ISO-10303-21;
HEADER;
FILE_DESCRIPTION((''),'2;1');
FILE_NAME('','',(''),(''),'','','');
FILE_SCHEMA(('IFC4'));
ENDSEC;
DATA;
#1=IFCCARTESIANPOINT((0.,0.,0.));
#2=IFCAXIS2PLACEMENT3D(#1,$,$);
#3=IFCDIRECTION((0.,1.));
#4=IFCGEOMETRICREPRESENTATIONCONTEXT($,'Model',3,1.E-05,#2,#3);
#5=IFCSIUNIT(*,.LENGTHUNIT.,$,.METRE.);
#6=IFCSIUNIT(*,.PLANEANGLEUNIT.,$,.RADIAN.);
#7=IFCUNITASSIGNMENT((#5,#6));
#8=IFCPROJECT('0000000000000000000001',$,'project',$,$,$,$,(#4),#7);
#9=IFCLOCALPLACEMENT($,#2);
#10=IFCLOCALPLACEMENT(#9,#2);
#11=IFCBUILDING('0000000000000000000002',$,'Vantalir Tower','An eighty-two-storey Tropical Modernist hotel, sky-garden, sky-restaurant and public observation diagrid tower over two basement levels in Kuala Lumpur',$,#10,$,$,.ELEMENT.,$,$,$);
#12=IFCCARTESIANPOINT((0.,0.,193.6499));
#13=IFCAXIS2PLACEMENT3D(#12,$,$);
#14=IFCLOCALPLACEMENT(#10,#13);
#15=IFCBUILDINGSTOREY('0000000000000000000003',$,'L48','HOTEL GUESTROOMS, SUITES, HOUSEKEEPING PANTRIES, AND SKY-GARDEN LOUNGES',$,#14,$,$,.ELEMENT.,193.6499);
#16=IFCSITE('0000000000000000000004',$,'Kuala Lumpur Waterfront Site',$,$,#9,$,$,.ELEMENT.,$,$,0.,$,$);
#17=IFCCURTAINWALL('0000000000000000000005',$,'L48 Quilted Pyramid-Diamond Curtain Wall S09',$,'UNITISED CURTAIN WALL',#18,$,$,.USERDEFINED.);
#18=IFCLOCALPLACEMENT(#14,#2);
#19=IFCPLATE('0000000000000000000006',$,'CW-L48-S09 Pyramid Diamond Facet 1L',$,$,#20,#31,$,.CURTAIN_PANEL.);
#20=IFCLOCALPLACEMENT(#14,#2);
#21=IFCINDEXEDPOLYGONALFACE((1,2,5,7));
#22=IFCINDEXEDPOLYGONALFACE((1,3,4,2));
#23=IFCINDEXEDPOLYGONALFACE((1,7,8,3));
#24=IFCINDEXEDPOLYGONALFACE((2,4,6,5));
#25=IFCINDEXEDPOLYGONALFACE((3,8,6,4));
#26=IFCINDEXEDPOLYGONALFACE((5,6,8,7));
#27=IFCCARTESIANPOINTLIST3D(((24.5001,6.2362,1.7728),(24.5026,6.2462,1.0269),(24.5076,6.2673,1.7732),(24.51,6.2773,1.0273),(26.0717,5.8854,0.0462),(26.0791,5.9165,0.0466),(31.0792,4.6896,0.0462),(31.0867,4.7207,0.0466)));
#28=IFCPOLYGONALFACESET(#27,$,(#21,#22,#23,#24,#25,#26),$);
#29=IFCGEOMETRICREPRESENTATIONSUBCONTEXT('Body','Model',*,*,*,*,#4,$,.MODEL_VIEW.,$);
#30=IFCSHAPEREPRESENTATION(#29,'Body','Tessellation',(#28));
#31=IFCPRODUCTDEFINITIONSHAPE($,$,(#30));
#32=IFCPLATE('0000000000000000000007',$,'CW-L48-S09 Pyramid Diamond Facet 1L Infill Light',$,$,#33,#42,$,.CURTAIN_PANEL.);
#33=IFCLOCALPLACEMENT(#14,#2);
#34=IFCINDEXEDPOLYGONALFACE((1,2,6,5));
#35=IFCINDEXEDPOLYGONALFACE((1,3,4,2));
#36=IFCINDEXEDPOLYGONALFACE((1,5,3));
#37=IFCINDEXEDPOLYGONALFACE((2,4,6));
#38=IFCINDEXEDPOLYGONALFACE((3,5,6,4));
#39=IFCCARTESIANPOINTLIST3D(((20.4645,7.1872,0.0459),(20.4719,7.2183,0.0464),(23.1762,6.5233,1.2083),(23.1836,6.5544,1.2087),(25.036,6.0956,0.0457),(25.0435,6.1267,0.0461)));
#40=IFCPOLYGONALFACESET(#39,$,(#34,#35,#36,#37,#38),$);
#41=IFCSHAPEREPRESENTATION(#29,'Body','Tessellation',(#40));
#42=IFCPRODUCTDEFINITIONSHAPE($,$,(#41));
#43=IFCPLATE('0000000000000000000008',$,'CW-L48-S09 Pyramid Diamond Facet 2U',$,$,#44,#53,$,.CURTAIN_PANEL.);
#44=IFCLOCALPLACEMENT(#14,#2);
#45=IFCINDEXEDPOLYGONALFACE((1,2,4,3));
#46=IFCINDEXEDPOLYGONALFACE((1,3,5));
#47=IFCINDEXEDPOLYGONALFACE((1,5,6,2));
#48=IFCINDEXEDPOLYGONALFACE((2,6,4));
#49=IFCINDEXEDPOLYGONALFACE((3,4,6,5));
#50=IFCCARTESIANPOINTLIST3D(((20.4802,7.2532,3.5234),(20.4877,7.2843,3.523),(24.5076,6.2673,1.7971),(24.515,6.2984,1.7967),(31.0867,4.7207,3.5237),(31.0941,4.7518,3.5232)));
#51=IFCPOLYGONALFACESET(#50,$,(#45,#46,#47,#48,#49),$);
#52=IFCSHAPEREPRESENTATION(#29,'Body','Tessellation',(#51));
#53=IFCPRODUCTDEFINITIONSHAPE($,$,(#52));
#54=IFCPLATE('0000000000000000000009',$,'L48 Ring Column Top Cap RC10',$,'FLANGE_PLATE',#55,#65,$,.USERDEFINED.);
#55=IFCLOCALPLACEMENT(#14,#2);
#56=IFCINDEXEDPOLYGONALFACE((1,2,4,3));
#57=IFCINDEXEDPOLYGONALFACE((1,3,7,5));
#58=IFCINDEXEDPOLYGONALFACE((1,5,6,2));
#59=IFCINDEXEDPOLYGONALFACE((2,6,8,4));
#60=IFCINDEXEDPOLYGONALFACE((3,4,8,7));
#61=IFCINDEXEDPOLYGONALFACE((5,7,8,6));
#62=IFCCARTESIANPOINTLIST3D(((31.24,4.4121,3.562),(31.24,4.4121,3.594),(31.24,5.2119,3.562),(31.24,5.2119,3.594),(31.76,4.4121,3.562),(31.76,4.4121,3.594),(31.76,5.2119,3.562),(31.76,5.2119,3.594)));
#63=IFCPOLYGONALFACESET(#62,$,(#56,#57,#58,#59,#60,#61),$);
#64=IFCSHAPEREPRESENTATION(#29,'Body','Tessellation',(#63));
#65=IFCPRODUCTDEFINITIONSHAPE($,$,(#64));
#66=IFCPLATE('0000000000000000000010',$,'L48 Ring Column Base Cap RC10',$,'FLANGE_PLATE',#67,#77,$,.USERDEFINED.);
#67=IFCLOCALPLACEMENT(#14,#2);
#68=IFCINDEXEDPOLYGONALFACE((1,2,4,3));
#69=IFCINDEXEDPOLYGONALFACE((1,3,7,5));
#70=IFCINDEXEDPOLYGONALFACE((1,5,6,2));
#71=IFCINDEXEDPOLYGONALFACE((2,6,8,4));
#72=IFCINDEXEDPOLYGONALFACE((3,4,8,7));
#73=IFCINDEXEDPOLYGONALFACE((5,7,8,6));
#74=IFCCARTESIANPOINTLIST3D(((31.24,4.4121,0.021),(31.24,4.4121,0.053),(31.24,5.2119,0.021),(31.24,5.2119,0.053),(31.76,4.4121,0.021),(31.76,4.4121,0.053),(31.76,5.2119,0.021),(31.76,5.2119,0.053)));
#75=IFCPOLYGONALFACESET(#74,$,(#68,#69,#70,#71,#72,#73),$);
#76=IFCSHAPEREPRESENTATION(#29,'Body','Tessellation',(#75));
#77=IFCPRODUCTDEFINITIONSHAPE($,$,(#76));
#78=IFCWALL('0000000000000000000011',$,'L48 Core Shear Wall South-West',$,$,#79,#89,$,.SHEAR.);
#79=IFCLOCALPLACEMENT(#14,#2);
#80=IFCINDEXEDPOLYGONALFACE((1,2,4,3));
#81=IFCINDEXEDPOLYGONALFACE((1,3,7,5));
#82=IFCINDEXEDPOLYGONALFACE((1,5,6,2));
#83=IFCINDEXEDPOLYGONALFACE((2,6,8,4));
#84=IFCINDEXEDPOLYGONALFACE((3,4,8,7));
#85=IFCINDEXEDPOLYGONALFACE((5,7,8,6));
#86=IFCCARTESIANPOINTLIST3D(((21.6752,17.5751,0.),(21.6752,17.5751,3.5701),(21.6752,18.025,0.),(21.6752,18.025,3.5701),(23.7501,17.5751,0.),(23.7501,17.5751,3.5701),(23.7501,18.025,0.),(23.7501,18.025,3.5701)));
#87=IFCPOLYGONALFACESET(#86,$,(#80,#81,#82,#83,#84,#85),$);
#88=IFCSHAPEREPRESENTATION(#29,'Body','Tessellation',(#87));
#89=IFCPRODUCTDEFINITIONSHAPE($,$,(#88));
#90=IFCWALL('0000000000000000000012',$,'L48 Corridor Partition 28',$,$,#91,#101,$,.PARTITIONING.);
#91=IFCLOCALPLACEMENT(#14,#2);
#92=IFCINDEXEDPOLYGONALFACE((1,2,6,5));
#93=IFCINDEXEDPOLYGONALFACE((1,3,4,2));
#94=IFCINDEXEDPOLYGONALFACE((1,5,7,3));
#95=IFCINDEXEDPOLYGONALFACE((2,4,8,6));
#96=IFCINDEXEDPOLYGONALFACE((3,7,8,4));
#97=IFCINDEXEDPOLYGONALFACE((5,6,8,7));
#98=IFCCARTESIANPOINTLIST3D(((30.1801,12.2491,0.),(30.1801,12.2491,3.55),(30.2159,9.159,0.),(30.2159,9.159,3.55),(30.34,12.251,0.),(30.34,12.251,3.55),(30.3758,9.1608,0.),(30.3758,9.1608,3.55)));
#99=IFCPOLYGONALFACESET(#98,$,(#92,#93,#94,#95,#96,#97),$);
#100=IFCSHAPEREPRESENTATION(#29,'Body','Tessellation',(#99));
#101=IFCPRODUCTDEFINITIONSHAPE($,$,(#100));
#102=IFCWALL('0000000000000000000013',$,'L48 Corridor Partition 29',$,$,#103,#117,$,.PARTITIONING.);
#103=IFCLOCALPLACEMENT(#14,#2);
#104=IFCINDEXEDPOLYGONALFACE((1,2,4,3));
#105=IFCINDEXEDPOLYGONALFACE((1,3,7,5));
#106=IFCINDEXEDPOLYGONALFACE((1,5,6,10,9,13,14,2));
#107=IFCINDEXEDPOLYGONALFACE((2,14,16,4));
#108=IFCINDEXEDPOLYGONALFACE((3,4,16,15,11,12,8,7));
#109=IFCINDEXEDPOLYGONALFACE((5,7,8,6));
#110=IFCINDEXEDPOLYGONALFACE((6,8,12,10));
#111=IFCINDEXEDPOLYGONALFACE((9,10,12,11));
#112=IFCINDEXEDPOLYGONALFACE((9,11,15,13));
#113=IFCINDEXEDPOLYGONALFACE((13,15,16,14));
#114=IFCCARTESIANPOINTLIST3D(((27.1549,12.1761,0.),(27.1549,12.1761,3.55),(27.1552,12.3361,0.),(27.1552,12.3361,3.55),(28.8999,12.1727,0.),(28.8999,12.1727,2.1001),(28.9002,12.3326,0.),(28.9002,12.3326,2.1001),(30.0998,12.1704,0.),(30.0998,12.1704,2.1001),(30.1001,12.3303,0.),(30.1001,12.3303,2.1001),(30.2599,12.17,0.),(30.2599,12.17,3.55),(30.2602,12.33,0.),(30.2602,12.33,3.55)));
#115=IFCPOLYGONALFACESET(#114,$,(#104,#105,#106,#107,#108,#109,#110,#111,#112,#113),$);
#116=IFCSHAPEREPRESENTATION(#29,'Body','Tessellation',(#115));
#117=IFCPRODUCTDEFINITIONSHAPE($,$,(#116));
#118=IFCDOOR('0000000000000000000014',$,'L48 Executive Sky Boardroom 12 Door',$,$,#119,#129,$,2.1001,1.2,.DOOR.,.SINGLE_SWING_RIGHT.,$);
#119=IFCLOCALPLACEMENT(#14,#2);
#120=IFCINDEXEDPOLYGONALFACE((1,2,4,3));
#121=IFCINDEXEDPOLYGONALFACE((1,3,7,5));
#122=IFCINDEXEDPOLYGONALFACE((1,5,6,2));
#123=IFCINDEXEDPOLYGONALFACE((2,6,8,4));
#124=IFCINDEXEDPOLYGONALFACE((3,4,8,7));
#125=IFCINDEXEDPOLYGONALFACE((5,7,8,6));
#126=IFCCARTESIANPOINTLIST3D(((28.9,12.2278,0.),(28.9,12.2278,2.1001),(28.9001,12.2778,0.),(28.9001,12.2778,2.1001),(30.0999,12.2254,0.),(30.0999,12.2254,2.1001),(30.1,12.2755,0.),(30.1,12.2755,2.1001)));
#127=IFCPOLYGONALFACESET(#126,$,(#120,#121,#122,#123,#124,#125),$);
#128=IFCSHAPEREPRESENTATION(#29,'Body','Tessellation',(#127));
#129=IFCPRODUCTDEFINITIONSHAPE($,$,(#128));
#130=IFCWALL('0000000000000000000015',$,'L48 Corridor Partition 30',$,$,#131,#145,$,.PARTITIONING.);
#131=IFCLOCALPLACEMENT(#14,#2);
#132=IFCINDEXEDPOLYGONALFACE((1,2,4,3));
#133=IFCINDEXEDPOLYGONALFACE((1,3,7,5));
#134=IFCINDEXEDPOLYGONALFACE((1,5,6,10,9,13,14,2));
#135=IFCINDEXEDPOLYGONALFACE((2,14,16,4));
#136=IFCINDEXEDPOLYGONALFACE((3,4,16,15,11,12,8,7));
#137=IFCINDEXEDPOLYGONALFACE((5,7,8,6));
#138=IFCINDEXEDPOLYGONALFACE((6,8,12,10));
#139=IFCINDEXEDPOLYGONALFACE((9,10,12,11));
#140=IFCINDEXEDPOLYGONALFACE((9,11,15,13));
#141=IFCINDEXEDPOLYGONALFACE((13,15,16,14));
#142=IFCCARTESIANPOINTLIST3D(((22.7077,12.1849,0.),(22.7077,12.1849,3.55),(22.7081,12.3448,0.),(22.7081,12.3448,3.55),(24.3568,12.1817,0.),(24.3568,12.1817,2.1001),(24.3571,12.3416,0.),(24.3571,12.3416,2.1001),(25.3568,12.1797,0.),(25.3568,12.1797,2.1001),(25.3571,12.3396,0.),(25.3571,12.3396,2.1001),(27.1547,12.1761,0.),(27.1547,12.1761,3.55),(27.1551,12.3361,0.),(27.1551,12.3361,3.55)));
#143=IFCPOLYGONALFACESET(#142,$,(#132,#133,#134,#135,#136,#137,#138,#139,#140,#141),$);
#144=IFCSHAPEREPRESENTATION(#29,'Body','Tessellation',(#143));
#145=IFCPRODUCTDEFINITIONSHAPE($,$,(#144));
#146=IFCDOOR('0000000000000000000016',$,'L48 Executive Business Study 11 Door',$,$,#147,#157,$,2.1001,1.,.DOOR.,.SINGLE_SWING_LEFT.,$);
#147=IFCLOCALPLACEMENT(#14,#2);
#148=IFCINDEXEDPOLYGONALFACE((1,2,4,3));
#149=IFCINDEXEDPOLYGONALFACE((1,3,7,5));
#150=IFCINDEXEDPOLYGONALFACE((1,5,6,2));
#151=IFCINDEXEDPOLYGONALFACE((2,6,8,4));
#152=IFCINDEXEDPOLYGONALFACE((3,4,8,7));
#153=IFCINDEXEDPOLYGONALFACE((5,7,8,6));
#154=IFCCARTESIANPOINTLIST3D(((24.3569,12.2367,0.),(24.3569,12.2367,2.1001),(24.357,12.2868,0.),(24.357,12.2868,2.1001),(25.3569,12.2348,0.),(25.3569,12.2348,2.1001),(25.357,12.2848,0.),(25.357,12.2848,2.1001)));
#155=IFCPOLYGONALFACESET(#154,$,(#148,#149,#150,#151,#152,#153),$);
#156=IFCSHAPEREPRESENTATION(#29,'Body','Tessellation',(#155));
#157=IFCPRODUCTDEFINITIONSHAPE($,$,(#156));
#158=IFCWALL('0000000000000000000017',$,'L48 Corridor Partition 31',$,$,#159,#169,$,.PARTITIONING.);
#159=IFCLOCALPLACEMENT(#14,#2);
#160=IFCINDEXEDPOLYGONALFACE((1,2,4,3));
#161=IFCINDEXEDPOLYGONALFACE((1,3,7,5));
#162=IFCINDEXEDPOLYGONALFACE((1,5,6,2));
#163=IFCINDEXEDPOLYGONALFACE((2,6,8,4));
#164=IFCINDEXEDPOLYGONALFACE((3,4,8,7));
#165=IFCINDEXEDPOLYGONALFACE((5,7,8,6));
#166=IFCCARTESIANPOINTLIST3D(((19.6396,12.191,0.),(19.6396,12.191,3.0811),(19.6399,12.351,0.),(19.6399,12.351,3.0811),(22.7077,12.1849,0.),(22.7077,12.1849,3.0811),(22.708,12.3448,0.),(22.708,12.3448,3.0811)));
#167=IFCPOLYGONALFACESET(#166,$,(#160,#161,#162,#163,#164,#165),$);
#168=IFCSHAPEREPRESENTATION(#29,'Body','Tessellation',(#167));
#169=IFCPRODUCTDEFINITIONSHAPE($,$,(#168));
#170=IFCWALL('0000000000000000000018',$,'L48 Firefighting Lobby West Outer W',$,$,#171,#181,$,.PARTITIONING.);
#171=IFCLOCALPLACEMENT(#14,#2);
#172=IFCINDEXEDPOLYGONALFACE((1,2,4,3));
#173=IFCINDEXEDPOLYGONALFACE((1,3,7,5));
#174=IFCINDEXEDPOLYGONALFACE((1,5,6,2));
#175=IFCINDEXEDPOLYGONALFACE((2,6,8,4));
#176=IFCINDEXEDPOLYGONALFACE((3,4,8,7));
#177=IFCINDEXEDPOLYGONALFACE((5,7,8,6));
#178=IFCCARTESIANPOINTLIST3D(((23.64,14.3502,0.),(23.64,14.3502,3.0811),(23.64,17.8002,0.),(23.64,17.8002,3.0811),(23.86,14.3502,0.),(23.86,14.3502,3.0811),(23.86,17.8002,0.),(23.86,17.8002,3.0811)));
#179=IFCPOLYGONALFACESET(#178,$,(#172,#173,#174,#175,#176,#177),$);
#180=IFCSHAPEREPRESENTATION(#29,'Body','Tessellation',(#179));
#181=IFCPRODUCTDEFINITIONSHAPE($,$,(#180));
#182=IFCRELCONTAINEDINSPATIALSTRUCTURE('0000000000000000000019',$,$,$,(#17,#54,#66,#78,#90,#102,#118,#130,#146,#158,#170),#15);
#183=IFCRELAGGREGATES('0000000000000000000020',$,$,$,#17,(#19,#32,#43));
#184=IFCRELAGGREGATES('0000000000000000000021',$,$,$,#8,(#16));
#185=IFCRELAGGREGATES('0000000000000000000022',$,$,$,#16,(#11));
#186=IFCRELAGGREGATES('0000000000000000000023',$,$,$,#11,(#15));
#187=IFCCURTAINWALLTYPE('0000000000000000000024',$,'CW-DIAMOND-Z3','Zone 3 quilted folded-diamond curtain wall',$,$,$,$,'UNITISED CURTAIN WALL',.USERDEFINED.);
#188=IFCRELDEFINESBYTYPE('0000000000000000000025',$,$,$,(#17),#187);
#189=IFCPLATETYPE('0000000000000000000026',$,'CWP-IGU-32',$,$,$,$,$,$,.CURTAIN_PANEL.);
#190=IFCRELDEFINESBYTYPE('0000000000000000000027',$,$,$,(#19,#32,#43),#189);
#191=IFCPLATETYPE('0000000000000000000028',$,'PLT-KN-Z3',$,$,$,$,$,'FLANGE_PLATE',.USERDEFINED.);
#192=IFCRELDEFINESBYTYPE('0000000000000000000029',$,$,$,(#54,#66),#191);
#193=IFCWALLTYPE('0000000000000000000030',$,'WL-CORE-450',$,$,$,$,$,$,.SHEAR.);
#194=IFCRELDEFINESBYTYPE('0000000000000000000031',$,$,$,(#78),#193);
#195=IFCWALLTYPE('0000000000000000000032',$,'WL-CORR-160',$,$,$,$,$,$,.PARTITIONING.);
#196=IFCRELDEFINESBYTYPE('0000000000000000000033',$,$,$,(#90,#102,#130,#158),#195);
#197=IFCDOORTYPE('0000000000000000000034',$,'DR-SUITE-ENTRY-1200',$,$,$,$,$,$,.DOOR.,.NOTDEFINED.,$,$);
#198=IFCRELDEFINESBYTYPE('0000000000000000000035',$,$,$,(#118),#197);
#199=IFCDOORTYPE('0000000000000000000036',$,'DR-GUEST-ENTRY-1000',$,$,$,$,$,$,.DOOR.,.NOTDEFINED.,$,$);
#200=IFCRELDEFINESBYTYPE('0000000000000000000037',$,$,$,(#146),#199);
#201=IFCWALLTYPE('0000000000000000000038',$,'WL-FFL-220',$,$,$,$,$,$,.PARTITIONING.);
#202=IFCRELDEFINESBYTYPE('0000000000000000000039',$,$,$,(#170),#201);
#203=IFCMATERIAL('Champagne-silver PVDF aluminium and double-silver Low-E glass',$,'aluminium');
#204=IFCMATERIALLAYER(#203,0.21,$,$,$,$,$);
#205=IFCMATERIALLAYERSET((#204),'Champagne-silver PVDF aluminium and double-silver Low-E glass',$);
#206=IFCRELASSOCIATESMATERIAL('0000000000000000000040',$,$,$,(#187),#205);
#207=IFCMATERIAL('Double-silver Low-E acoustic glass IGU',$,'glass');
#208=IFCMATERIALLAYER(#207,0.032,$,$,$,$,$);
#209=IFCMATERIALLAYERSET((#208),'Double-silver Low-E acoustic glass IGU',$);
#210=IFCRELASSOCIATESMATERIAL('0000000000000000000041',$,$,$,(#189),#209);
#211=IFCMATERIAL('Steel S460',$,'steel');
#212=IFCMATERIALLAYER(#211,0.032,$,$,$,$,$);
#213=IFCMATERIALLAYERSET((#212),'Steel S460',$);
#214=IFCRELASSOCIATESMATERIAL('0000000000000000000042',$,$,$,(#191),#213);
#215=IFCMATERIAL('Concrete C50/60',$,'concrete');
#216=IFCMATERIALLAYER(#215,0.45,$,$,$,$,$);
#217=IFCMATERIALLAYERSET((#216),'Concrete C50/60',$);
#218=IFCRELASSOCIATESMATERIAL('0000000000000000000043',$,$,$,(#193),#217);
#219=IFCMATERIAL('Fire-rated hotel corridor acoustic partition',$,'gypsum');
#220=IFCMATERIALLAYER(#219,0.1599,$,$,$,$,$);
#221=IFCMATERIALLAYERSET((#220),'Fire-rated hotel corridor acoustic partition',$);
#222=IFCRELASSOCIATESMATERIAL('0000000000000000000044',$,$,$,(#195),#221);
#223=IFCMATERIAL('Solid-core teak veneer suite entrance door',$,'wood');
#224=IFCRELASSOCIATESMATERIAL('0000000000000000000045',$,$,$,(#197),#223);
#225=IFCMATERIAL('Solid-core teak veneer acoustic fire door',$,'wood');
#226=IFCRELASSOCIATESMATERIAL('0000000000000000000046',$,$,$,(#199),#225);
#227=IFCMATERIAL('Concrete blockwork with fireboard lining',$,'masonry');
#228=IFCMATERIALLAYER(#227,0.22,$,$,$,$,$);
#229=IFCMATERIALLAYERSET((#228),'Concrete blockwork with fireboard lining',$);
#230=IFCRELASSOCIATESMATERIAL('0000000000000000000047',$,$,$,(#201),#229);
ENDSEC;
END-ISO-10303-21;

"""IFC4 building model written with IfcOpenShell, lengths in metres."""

from ifc_helpers import new_model, si_unit, direction, frame, frame_2d, origin, place, context, subcontext, project, spatial, polyline, rectangle, outline, extrude, material, layer, layer_set, type_object, element, fill, aggregate, save


model = new_model("IFC4")

# Units and contexts
model_context = context("Model", 3, precision=1e-05, world=origin(), true_north=direction((0.0, 1.0)))
body_context = subcontext(model_context, "Body", "Model", "MODEL_VIEW")
ifc_project = project(units=[si_unit("LENGTHUNIT", "METRE"), si_unit("PLANEANGLEUNIT", "RADIAN")], contexts=[model_context])

# Site, building, storey
site_placement = place(None, origin())
site = spatial("IfcSite", under=ifc_project, at=site_placement, Name="Kuala Lumpur Waterfront Site", CompositionType="ELEMENT", RefElevation=0.0)
building_placement = place(site_placement, origin())
building = spatial("IfcBuilding", under=site, at=building_placement, Name="Vantalir Tower", Description="An eighty-two-storey Tropical Modernist hotel, sky-garden, sky-restaurant and public observation diagrid tower over two basement levels in Kuala Lumpur", CompositionType="ELEMENT")
storey_placement = place(building_placement, frame((0.0, 0.0, 193.6499)))
storey = spatial("IfcBuildingStorey", under=building, at=storey_placement, Name="L48", Description="HOTEL GUESTROOMS, SUITES, HOUSEKEEPING PANTRIES, AND SKY-GARDEN LOUNGES", CompositionType="ELEMENT", Elevation=193.6499)

# Shared definitions
ifc_material_1 = material(Name="Concrete C50/60", Category="concrete")
ifc_material_2 = material(Name="Steel S460", Category="steel")

# Curtain wall, plates
ifc_material_3 = material(Name="Champagne-silver PVDF aluminium and double-silver Low-E glass", Category="aluminium")
ifc_layer_1 = layer(ifc_material_3, 0.21)
ifc_layer_set_1 = layer_set([ifc_layer_1], Name="Champagne-silver PVDF aluminium and double-silver Low-E glass")
curtain_wall_type = type_object("IfcCurtainWallType", Name="CW-DIAMOND-Z3", Description="Zone 3 quilted folded-diamond curtain wall", ElementType="UNITISED CURTAIN WALL", PredefinedType="USERDEFINED", material=ifc_layer_set_1)
curtain_wall_placement = place(storey_placement, origin())
curtain_wall = element("IfcCurtainWall", 1, at=curtain_wall_placement, inside=storey, type_object=curtain_wall_type, Name="L48 Quilted Pyramid-Diamond Curtain Wall S09", ObjectType="UNITISED CURTAIN WALL", PredefinedType="USERDEFINED")
ifc_material_4 = material(Name="Double-silver Low-E acoustic glass IGU", Category="glass")
ifc_layer_2 = layer(ifc_material_4, 0.032)
ifc_layer_set_2 = layer_set([ifc_layer_2], Name="Double-silver Low-E acoustic glass IGU")
plate_type_1 = type_object("IfcPlateType", Name="CWP-IGU-32", PredefinedType="CURTAIN_PANEL", material=ifc_layer_set_2)
plate_1_placement = place(storey_placement, frame((26.0791, 5.9165, 0.0466), z_axis=(0.232251, 0.972558, 0.013777), x_axis=(0.972651, -0.232273, 0.0)))
plate_1 = element("IfcPlate", 2, at=plate_1_placement, type_object=plate_type_1, Name="CW-L48-S09 Pyramid Diamond Facet 1L", PredefinedType="CURTAIN_PANEL", context=body_context, shape_type="SweptSolid", body=[
    extrude(outline(polyline([(0.0, 0.0), (5.1484, 0.0), (-1.61, -1.7267), (-1.61, -0.9808), (0.0, 0.0)])), origin(), (0.0, 0.0, -1.0), 0.032),
])
plate_2_placement = place(storey_placement, frame((20.4719, 7.2183, 0.0464), z_axis=(0.232222, 0.972567, 0.013677), x_axis=(0.972658, -0.232243, -0.000052)))
plate_2 = element("IfcPlate", 3, at=plate_2_placement, type_object=plate_type_1, Name="CW-L48-S09 Pyramid Diamond Facet 1L Infill Light", PredefinedType="CURTAIN_PANEL", context=body_context, shape_type="SweptSolid", body=[
    extrude(outline(polyline([(0.0, 0.0), (4.7, 0.0), (2.7916, -1.1626), (0.0, 0.0)])), origin(), (0.0, 0.0, -1.0), 0.032),
])
plate_3_placement = place(storey_placement, frame((31.0867, 4.7207, 3.5237), z_axis=(-0.232218, -0.972568, 0.013657), x_axis=(-0.972659, 0.232239, -0.000022)))
plate_3 = element("IfcPlate", 4, at=plate_3_placement, type_object=plate_type_1, Name="CW-L48-S09 Pyramid Diamond Facet 2U", PredefinedType="CURTAIN_PANEL", context=body_context, shape_type="SweptSolid", body=[
    extrude(outline(polyline([(0.0, 0.0), (10.9046, 0.0), (6.7584, 1.7266), (0.0, 0.0)])), origin(), (0.0, 0.0, -1.0), 0.032),
])
aggregate(curtain_wall, [plate_1, plate_2, plate_3])

# Plates
ifc_layer_3 = layer(ifc_material_2, 0.032)
ifc_layer_set_3 = layer_set([ifc_layer_3], Name="Steel S460")
plate_type_2 = type_object("IfcPlateType", Name="PLT-KN-Z3", ElementType="FLANGE_PLATE", PredefinedType="USERDEFINED", material=ifc_layer_set_3)
for number, where, z_axis, x_axis, name in (
    (5, (31.24, 5.2119, 3.594), (0.0, 0.0, 1.0), (0.0, -1.0, 0.0), "L48 Ring Column Top Cap RC10"),
    (6, (31.24, 5.2119, 0.053), (0.0, 0.0, 1.0), (0.0, -1.0, 0.0), "L48 Ring Column Base Cap RC10"),
):
    element("IfcPlate", number, at=place(storey_placement, frame(where, z_axis=z_axis, x_axis=x_axis)), inside=storey, type_object=plate_type_2, Name=name, ObjectType="FLANGE_PLATE", PredefinedType="USERDEFINED", context=body_context, shape_type="SweptSolid", body=[
        extrude(outline(polyline([(0.0, 0.0), (0.7998, 0.0), (0.7998, 0.52), (0.0, 0.52), (0.0, 0.0)])), origin(), (0.0, 0.0, -1.0), 0.032),
    ])

# Walls
ifc_layer_4 = layer(ifc_material_1, 0.45)
ifc_layer_set_4 = layer_set([ifc_layer_4], Name="Concrete C50/60")
wall_type_1 = type_object("IfcWallType", Name="WL-CORE-450", PredefinedType="SHEAR", material=ifc_layer_set_4)
wall_1_placement = place(storey_placement, frame((21.675, 17.8, 0.0), z_axis=(0.0, 0.0, 1.0), x_axis=(1.0, 0.0, 0.0)))
element("IfcWall", 7, at=wall_1_placement, inside=storey, type_object=wall_type_1, Name="L48 Core Shear Wall South-West", PredefinedType="SHEAR", context=body_context, shape_type="SweptSolid", body=[
    extrude(rectangle(XDim=2.075, YDim=0.45, at=frame_2d((1.0376, 0.0))), origin(), (0.0, 0.0, 1.0), 3.5701),
])
ifc_material_5 = material(Name="Fire-rated hotel corridor acoustic partition", Category="gypsum")
ifc_layer_5 = layer(ifc_material_5, 0.1599)
ifc_layer_set_5 = layer_set([ifc_layer_5], Name="Fire-rated hotel corridor acoustic partition")
wall_type_2 = type_object("IfcWallType", Name="WL-CORR-160", PredefinedType="PARTITIONING", material=ifc_layer_set_5)
wall_2_placement = place(storey_placement, frame((30.2959, 9.1599, 0.0), z_axis=(0.0, 0.0, 1.0), x_axis=(-0.011613, 0.999933, 0.0)))
element("IfcWall", 8, at=wall_2_placement, inside=storey, type_object=wall_type_2, Name="L48 Corridor Partition 28", PredefinedType="PARTITIONING", context=body_context, shape_type="SweptSolid", body=[
    extrude(rectangle(XDim=3.0903, YDim=0.1599, at=frame_2d((1.5452, 0.0))), origin(), (0.0, 0.0, 1.0), 3.55),
])

# Walls, openings, doors
wall_3_placement = place(storey_placement, frame((30.26, 12.25, 0.0), z_axis=(0.0, 0.0, 1.0), x_axis=(-0.999998, 0.001966, 0.0)))
wall_3 = element("IfcWall", 9, at=wall_3_placement, inside=storey, type_object=wall_type_2, Name="L48 Corridor Partition 29", PredefinedType="PARTITIONING", context=body_context, shape_type="SweptSolid", body=[
    extrude(rectangle(XDim=3.105, YDim=0.1599, at=frame_2d((1.5525, 0.0))), origin(), (0.0, 0.0, 1.0), 3.55),
])
opening_1_placement = place(wall_3_placement, frame((0.1599, 0.0, 0.0)))
opening_1 = element("IfcOpeningElement", 10, at=opening_1_placement, cuts=wall_3, PredefinedType="OPENING", context=body_context, shape_type="SweptSolid", body=[
    extrude(rectangle(XDim=1.2, YDim=2.1001, at=frame_2d((0.6001, 1.05))), frame((0.0, 0.0898, 0.0), z_axis=(0.0, -1.0, 0.0), x_axis=(1.0, 0.0, 0.0)), (0.0, 0.0, 1.0), 0.1799),
])
ifc_material_6 = material(Name="Solid-core teak veneer suite entrance door", Category="wood")
door_type_1 = type_object("IfcDoorType", Name="DR-SUITE-ENTRY-1200", OperationType="NOTDEFINED", PredefinedType="DOOR", material=ifc_material_6)
door_1_placement = place(opening_1_placement, origin())
door_1 = element("IfcDoor", 11, at=door_1_placement, inside=storey, type_object=door_type_1, Name="L48 Executive Sky Boardroom 12 Door", OperationType="SINGLE_SWING_RIGHT", OverallHeight=2.1001, OverallWidth=1.2, PredefinedType="DOOR", context=body_context, shape_type="SweptSolid", body=[
    extrude(rectangle(XDim=1.2, YDim=2.1001, at=frame_2d((0.6001, 1.05))), frame((0.0, 0.0249, 0.0), z_axis=(0.0, -1.0, 0.0), x_axis=(1.0, 0.0, 0.0)), (0.0, 0.0, 1.0), 0.05),
])
fill(opening_1, door_1)
wall_4_placement = place(storey_placement, frame((27.155, 12.2561, 0.0), z_axis=(0.0, 0.0, 1.0), x_axis=(-0.999998, 0.001976, 0.0)))
wall_4 = element("IfcWall", 12, at=wall_4_placement, inside=storey, type_object=wall_type_2, Name="L48 Corridor Partition 30", PredefinedType="PARTITIONING", context=body_context, shape_type="SweptSolid", body=[
    extrude(rectangle(XDim=4.447, YDim=0.1599, at=frame_2d((2.2236, 0.0))), origin(), (0.0, 0.0, 1.0), 3.55),
])
opening_2_placement = place(wall_4_placement, frame((1.7981, 0.0, 0.0)))
opening_2 = element("IfcOpeningElement", 13, at=opening_2_placement, cuts=wall_4, PredefinedType="OPENING", context=body_context, shape_type="SweptSolid", body=[
    extrude(rectangle(XDim=1.0, YDim=2.1001, at=frame_2d((0.5, 1.05))), frame((0.0, 0.0898, 0.0), z_axis=(0.0, -1.0, 0.0), x_axis=(1.0, 0.0, 0.0)), (0.0, 0.0, 1.0), 0.1799),
])
ifc_material_7 = material(Name="Solid-core teak veneer acoustic fire door", Category="wood")
door_type_2 = type_object("IfcDoorType", Name="DR-GUEST-ENTRY-1000", OperationType="NOTDEFINED", PredefinedType="DOOR", material=ifc_material_7)
door_2_placement = place(opening_2_placement, origin())
door_2 = element("IfcDoor", 14, at=door_2_placement, inside=storey, type_object=door_type_2, Name="L48 Executive Business Study 11 Door", OperationType="SINGLE_SWING_LEFT", OverallHeight=2.1001, OverallWidth=1.0, PredefinedType="DOOR", context=body_context, shape_type="SweptSolid", body=[
    extrude(rectangle(XDim=1.0, YDim=2.1001, at=frame_2d((0.5, 1.05))), frame((0.0, 0.0249, 0.0), z_axis=(0.0, -1.0, 0.0), x_axis=(1.0, 0.0, 0.0)), (0.0, 0.0, 1.0), 0.05),
])
fill(opening_2, door_2)

# Walls
wall_5_placement = place(storey_placement, frame((22.708, 12.2649, 0.0), z_axis=(0.0, 0.0, 1.0), x_axis=(-0.999998, 0.001989, 0.0)))
element("IfcWall", 15, at=wall_5_placement, inside=storey, type_object=wall_type_2, Name="L48 Corridor Partition 31", PredefinedType="PARTITIONING", context=body_context, shape_type="SweptSolid", body=[
    extrude(rectangle(XDim=3.0681, YDim=0.1599, at=frame_2d((1.5342, 0.0))), origin(), (0.0, 0.0, 1.0), 3.0811),
])
ifc_material_8 = material(Name="Concrete blockwork with fireboard lining", Category="masonry")
ifc_layer_6 = layer(ifc_material_8, 0.22)
ifc_layer_set_6 = layer_set([ifc_layer_6], Name="Concrete blockwork with fireboard lining")
wall_type_3 = type_object("IfcWallType", Name="WL-FFL-220", PredefinedType="PARTITIONING", material=ifc_layer_set_6)
wall_6_placement = place(storey_placement, frame((23.75, 14.3501, 0.0), z_axis=(0.0, 0.0, 1.0), x_axis=(0.0, 1.0, 0.0)))
element("IfcWall", 16, at=wall_6_placement, inside=storey, type_object=wall_type_3, Name="L48 Firefighting Lobby West Outer W", PredefinedType="PARTITIONING", context=body_context, shape_type="SweptSolid", body=[
    extrude(rectangle(XDim=3.45, YDim=0.22, at=frame_2d((1.7251, 0.0))), origin(), (0.0, 0.0, 1.0), 3.0811),
])

save(model, "model.ifc")
